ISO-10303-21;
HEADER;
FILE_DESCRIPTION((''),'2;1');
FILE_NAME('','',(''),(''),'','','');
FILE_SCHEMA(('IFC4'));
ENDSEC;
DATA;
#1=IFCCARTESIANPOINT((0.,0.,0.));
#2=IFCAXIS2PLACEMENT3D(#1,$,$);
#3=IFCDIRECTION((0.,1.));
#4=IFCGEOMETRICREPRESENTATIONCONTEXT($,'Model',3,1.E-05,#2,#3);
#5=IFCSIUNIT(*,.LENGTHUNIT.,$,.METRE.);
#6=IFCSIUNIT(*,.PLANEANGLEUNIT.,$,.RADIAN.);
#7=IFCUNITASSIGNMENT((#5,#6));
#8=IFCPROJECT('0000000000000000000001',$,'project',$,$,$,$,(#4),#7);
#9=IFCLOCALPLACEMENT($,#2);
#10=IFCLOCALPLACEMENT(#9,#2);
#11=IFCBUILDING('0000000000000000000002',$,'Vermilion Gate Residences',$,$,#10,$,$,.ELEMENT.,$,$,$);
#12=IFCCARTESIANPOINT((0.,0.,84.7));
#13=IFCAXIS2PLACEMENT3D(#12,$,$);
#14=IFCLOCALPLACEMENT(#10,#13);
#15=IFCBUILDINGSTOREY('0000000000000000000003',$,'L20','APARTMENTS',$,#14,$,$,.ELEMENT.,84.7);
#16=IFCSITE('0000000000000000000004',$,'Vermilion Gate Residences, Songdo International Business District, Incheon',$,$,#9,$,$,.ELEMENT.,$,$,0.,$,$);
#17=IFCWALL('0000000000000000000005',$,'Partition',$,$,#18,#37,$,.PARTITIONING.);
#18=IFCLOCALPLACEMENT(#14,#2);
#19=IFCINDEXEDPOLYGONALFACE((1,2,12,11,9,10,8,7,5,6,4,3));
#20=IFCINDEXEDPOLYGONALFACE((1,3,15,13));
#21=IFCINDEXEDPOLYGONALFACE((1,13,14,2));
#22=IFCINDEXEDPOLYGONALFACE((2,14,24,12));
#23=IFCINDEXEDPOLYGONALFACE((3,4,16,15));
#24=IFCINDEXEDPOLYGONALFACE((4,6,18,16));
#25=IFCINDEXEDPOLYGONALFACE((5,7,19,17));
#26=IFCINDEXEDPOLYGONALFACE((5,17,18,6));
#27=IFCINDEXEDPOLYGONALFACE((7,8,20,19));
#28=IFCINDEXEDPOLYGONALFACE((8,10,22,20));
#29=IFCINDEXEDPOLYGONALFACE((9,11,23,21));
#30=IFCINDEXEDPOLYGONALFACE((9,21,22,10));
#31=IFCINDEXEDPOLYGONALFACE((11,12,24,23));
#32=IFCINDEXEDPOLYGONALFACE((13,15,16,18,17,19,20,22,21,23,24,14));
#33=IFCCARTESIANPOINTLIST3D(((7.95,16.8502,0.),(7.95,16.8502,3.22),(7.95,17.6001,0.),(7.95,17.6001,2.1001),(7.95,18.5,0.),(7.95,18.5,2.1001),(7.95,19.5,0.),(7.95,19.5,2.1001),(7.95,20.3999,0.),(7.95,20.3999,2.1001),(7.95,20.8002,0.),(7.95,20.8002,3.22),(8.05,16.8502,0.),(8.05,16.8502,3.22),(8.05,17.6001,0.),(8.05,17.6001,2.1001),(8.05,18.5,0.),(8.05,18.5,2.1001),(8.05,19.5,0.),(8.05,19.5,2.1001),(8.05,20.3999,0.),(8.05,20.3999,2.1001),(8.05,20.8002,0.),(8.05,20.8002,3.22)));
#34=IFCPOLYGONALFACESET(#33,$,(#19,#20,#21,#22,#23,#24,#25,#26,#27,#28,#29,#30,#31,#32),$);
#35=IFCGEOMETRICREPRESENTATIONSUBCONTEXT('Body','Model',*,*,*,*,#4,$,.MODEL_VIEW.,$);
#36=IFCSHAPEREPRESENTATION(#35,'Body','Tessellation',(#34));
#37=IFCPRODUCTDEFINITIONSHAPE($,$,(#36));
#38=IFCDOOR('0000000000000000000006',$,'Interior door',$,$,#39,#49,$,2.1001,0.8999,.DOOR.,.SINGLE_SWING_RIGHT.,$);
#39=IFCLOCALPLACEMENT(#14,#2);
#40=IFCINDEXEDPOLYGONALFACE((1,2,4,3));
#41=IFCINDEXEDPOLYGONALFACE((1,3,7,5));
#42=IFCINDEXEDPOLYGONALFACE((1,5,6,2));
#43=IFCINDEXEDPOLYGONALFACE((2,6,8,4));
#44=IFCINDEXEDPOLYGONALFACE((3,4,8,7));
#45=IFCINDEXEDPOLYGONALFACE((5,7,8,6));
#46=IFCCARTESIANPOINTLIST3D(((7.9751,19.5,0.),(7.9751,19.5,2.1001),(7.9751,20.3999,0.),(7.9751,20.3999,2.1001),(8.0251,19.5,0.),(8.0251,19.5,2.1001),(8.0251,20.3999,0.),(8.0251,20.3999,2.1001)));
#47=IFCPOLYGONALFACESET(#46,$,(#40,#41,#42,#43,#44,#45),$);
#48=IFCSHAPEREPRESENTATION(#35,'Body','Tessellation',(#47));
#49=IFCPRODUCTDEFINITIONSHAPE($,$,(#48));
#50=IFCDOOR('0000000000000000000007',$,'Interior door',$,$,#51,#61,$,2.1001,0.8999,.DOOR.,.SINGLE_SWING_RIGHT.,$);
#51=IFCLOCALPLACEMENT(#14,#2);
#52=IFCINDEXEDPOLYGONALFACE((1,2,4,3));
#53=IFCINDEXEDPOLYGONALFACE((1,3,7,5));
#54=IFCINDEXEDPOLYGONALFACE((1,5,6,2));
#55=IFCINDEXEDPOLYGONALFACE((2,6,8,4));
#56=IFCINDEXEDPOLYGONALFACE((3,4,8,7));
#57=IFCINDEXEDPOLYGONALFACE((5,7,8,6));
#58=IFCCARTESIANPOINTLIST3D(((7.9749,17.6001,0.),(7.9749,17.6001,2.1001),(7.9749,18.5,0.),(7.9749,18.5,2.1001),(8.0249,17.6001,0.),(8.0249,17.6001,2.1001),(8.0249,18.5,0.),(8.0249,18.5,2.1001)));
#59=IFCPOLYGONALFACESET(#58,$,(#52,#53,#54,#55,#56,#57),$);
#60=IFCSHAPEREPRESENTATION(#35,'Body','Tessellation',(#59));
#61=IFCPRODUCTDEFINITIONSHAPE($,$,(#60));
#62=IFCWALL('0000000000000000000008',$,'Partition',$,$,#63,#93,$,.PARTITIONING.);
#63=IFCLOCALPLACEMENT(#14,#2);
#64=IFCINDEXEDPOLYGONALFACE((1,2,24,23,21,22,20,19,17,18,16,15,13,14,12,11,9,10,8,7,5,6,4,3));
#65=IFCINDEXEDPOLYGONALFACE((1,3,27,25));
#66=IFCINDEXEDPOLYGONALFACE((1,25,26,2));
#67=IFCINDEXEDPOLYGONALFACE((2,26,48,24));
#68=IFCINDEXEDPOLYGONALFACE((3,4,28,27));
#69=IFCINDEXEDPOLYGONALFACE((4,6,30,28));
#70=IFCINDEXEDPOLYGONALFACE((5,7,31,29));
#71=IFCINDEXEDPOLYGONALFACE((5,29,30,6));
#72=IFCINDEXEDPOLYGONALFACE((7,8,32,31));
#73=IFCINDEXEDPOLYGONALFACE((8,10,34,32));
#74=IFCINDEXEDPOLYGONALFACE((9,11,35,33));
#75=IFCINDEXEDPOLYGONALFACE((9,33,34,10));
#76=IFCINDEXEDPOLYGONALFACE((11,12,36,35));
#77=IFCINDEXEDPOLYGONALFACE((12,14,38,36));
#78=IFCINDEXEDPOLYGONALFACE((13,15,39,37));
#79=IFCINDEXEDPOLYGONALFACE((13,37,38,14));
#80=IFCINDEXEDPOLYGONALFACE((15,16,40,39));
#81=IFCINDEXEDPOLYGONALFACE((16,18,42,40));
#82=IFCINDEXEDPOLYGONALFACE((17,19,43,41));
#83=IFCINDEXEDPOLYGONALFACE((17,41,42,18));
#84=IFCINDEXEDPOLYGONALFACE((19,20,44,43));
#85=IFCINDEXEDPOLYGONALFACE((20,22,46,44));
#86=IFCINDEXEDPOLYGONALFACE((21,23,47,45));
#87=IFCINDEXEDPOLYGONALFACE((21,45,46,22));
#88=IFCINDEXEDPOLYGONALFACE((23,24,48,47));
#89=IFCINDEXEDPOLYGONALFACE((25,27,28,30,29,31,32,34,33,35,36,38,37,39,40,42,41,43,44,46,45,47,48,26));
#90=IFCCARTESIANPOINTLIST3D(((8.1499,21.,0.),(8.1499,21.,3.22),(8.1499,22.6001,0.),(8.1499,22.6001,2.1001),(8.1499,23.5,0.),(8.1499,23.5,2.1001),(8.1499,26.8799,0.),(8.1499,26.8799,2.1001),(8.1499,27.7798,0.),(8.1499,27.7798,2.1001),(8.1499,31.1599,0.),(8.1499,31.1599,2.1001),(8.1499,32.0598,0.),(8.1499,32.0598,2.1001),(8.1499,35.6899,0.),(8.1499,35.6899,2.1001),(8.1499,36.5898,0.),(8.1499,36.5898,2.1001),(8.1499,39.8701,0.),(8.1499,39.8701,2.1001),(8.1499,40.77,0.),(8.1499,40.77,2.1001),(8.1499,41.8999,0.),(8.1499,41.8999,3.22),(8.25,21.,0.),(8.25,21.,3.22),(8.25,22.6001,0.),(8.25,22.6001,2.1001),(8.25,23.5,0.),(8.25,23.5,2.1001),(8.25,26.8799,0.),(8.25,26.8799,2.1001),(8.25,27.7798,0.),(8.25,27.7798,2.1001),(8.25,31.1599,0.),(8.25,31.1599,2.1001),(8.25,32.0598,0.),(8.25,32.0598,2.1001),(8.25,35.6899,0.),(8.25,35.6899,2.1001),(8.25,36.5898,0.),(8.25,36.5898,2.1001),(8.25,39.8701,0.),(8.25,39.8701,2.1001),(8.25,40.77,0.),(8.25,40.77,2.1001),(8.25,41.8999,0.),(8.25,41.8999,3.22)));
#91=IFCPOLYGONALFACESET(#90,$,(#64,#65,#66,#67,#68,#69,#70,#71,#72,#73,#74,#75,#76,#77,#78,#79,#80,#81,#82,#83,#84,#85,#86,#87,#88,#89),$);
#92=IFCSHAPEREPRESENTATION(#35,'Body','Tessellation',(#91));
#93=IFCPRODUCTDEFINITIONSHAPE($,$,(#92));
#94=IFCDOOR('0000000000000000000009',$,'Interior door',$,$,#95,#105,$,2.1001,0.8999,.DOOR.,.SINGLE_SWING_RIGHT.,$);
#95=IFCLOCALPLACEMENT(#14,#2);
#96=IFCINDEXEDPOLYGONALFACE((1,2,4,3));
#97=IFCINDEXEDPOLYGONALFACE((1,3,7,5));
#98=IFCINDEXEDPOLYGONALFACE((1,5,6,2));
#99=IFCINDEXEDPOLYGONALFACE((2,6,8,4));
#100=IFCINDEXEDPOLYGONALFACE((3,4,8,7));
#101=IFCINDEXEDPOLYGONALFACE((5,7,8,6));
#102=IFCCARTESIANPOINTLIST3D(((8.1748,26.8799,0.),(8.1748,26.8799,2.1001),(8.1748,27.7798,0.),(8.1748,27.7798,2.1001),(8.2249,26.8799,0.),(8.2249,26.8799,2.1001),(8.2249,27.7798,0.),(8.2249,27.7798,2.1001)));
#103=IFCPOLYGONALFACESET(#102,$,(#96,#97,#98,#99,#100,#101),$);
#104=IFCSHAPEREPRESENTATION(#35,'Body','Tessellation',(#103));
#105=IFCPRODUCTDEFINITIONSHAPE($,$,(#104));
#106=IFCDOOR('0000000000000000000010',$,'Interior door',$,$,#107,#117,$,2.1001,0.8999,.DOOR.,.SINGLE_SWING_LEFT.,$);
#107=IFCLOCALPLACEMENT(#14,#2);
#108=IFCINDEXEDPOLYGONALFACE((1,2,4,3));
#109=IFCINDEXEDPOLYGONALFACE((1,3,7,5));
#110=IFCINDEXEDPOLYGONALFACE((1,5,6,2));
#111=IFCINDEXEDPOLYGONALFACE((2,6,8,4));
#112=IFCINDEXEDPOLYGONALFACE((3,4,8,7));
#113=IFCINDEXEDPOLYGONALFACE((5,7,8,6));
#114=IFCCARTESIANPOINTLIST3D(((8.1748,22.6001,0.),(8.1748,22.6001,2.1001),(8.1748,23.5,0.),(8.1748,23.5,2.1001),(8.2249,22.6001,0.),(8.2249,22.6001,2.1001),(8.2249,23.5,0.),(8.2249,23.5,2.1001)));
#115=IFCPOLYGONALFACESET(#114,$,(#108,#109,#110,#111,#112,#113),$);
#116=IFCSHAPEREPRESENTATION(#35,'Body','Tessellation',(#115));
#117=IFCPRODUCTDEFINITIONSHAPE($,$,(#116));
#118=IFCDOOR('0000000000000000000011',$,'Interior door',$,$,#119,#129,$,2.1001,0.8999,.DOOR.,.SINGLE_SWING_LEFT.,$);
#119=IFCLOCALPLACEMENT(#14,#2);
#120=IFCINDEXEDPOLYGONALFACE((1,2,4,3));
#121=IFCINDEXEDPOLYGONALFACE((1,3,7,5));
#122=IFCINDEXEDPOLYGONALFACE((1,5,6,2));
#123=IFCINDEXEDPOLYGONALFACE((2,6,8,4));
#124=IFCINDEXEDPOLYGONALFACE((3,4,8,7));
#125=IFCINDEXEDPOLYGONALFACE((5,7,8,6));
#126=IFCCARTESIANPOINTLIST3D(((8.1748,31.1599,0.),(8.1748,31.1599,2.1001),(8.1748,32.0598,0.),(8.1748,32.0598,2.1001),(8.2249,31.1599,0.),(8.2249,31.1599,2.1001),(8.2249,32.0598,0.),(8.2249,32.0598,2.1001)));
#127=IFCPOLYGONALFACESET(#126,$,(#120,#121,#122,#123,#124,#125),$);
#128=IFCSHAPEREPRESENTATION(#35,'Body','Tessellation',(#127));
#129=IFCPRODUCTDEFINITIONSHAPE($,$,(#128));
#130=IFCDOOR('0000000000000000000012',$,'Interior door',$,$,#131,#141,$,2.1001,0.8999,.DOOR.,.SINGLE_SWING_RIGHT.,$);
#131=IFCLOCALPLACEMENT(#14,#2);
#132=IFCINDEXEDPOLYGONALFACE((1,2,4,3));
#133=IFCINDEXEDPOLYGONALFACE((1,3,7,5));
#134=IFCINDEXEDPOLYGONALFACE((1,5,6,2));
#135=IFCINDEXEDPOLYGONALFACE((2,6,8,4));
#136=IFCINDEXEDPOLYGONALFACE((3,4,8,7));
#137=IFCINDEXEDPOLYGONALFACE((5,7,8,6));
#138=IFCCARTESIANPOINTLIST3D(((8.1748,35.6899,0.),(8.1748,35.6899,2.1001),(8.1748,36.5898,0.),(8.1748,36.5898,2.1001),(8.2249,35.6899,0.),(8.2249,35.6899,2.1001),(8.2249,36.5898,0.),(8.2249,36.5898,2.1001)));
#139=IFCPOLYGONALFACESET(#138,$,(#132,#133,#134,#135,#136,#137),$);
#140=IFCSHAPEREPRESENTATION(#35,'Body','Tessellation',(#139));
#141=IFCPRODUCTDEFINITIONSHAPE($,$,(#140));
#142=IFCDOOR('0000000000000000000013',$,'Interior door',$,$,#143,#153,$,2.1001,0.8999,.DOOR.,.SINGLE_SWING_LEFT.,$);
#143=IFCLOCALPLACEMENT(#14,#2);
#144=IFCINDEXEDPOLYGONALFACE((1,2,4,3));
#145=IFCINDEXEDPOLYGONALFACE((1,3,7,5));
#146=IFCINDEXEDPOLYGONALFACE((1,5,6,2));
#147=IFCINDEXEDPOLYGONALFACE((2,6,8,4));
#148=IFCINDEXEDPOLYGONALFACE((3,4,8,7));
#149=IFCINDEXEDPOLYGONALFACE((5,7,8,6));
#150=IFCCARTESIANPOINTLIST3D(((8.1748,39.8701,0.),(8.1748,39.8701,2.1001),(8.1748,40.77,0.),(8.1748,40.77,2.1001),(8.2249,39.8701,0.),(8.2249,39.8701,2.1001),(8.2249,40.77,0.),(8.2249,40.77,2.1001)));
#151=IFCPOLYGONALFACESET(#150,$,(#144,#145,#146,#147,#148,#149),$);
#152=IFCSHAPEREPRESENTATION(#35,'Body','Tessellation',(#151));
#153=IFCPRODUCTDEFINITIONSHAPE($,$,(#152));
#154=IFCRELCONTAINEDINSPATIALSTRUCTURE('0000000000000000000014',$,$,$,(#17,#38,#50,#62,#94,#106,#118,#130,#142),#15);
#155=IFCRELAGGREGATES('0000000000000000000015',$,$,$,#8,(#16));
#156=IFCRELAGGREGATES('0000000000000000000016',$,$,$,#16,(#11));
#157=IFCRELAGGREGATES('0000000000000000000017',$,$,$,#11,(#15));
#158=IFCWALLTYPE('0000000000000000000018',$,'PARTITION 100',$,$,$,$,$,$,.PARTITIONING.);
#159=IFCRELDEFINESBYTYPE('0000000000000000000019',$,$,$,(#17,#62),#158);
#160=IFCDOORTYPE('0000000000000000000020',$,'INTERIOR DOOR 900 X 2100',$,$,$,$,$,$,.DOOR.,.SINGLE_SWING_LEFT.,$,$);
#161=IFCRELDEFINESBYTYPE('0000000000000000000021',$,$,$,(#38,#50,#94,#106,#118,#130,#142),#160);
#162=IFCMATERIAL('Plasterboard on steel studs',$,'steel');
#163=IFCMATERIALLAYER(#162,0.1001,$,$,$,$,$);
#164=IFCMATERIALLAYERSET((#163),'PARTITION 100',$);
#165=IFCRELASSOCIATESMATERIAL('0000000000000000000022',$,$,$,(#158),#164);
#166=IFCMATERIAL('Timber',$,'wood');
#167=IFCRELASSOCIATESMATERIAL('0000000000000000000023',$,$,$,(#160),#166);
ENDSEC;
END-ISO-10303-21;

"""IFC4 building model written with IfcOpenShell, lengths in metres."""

from ifc_helpers import new_model, si_unit, direction, frame, frame_2d, origin, place, context, subcontext, project, spatial, rectangle, extrude, material, layer, layer_set, type_object, element, fill, save


model = new_model("IFC4")

# Units and contexts
model_context = context("Model", 3, precision=1e-05, world=origin(), true_north=direction((0.0, 1.0)))
body_context = subcontext(model_context, "Body", "Model", "MODEL_VIEW")
ifc_project = project(units=[si_unit("LENGTHUNIT", "METRE"), si_unit("PLANEANGLEUNIT", "RADIAN")], contexts=[model_context])

# Site, building, storey
site_placement = place(None, origin())
site = spatial("IfcSite", under=ifc_project, at=site_placement, Name="Vermilion Gate Residences, Songdo International Business District, Incheon", CompositionType="ELEMENT", RefElevation=0.0)
building_placement = place(site_placement, origin())
building = spatial("IfcBuilding", under=site, at=building_placement, Name="Vermilion Gate Residences", CompositionType="ELEMENT")
storey_placement = place(building_placement, frame((0.0, 0.0, 84.7)))
storey = spatial("IfcBuildingStorey", under=building, at=storey_placement, Name="L20", Description="APARTMENTS", CompositionType="ELEMENT", Elevation=84.7)

# Shared definitions
ifc_material_1 = material(Name="Plasterboard on steel studs", Category="steel")
ifc_layer_1 = layer(ifc_material_1, 0.1001)
ifc_layer_set_1 = layer_set([ifc_layer_1], Name="PARTITION 100")
wall_type_1 = type_object("IfcWallType", Name="PARTITION 100", PredefinedType="PARTITIONING", material=ifc_layer_set_1)

# Walls, openings, doors
ifc_material_2 = material(Name="Timber", Category="wood")
door_type = type_object("IfcDoorType", Name="INTERIOR DOOR 900 X 2100", OperationType="SINGLE_SWING_LEFT", PredefinedType="DOOR", material=ifc_material_2)
wall_1_placement = place(storey_placement, frame((8.0, 16.8501, 0.0), z_axis=(0.0, 0.0, 1.0), x_axis=(0.0, 1.0, 0.0)))
wall_1 = element("IfcWall", 1, at=wall_1_placement, inside=storey, type_object=wall_type_1, Name="Partition", PredefinedType="PARTITIONING", context=body_context, shape_type="SweptSolid", body=[
    extrude(rectangle(XDim=3.95, YDim=0.1001, at=frame_2d((1.9751, 0.0))), origin(), (0.0, 0.0, 1.0), 3.22),
])
opening_1_placement = place(wall_1_placement, frame((2.6499, 0.0, 0.0)))
opening_1 = element("IfcOpeningElement", 2, at=opening_1_placement, cuts=wall_1, PredefinedType="OPENING", context=body_context, shape_type="SweptSolid", body=[
    extrude(rectangle(XDim=0.8999, YDim=2.1001, at=frame_2d((0.45, 1.05))), frame((0.0, 0.0601, 0.0), z_axis=(0.0, -1.0, 0.0), x_axis=(1.0, 0.0, 0.0)), (0.0, 0.0, 1.0), 0.1201),
])
opening_2_placement = place(wall_1_placement, frame((0.75, 0.0, 0.0)))
opening_2 = element("IfcOpeningElement", 3, at=opening_2_placement, cuts=wall_1, PredefinedType="OPENING", context=body_context, shape_type="SweptSolid", body=[
    extrude(rectangle(XDim=0.8999, YDim=2.1001, at=frame_2d((0.45, 1.05))), frame((0.0, 0.0601, 0.0), z_axis=(0.0, -1.0, 0.0), x_axis=(1.0, 0.0, 0.0)), (0.0, 0.0, 1.0), 0.1201),
])
door_1_placement = place(opening_1_placement, origin())
door_1 = element("IfcDoor", 4, at=door_1_placement, inside=storey, type_object=door_type, Name="Interior door", OperationType="SINGLE_SWING_RIGHT", OverallHeight=2.1001, OverallWidth=0.8999, PredefinedType="DOOR", context=body_context, shape_type="SweptSolid", body=[
    extrude(rectangle(XDim=0.8999, YDim=2.1001, at=frame_2d((0.45, 1.05))), frame((0.0, 0.0249, 0.0), z_axis=(0.0, -1.0, 0.0), x_axis=(1.0, 0.0, 0.0)), (0.0, 0.0, 1.0), 0.05),
])
fill(opening_1, door_1)
door_2_placement = place(opening_2_placement, frame((0.8999, 0.0, 0.0), z_axis=(0.0, 0.0, 1.0), x_axis=(-1.0, 0.0, 0.0)))
door_2 = element("IfcDoor", 5, at=door_2_placement, inside=storey, type_object=door_type, Name="Interior door", OperationType="SINGLE_SWING_RIGHT", OverallHeight=2.1001, OverallWidth=0.8999, PredefinedType="DOOR", context=body_context, shape_type="SweptSolid", body=[
    extrude(rectangle(XDim=0.8999, YDim=2.1001, at=frame_2d((0.45, 1.05))), frame((0.0, 0.0249, 0.0), z_axis=(0.0, -1.0, 0.0), x_axis=(1.0, 0.0, 0.0)), (0.0, 0.0, 1.0), 0.05),
])
fill(opening_2, door_2)
wall_2_placement = place(storey_placement, frame((8.2, 21.0, 0.0), z_axis=(0.0, 0.0, 1.0), x_axis=(0.0, 1.0, 0.0)))
wall_2 = element("IfcWall", 6, at=wall_2_placement, inside=storey, type_object=wall_type_1, Name="Partition", PredefinedType="PARTITIONING", context=body_context, shape_type="SweptSolid", body=[
    extrude(rectangle(XDim=20.8999, YDim=0.1001, at=frame_2d((10.45, 0.0))), origin(), (0.0, 0.0, 1.0), 3.22),
])
opening_3_placement = place(wall_2_placement, frame((5.8799, 0.0, 0.0)))
opening_3 = element("IfcOpeningElement", 7, at=opening_3_placement, cuts=wall_2, PredefinedType="OPENING", context=body_context, shape_type="SweptSolid", body=[
    extrude(rectangle(XDim=0.8999, YDim=2.1001, at=frame_2d((0.45, 1.05))), frame((0.0, 0.0601, 0.0), z_axis=(0.0, -1.0, 0.0), x_axis=(1.0, 0.0, 0.0)), (0.0, 0.0, 1.0), 0.1201),
])
opening_4_placement = place(wall_2_placement, frame((1.6001, 0.0, 0.0)))
opening_4 = element("IfcOpeningElement", 8, at=opening_4_placement, cuts=wall_2, PredefinedType="OPENING", context=body_context, shape_type="SweptSolid", body=[
    extrude(rectangle(XDim=0.8999, YDim=2.1001, at=frame_2d((0.45, 1.05))), frame((0.0, 0.0601, 0.0), z_axis=(0.0, -1.0, 0.0), x_axis=(1.0, 0.0, 0.0)), (0.0, 0.0, 1.0), 0.1201),
])
opening_5_placement = place(wall_2_placement, frame((10.1599, 0.0, 0.0)))
opening_5 = element("IfcOpeningElement", 9, at=opening_5_placement, cuts=wall_2, PredefinedType="OPENING", context=body_context, shape_type="SweptSolid", body=[
    extrude(rectangle(XDim=0.8999, YDim=2.1001, at=frame_2d((0.45, 1.05))), frame((0.0, 0.0601, 0.0), z_axis=(0.0, -1.0, 0.0), x_axis=(1.0, 0.0, 0.0)), (0.0, 0.0, 1.0), 0.1201),
])
opening_6_placement = place(wall_2_placement, frame((14.6899, 0.0, 0.0)))
opening_6 = element("IfcOpeningElement", 10, at=opening_6_placement, cuts=wall_2, PredefinedType="OPENING", context=body_context, shape_type="SweptSolid", body=[
    extrude(rectangle(XDim=0.8999, YDim=2.1001, at=frame_2d((0.45, 1.05))), frame((0.0, 0.0601, 0.0), z_axis=(0.0, -1.0, 0.0), x_axis=(1.0, 0.0, 0.0)), (0.0, 0.0, 1.0), 0.1201),
])
opening_7_placement = place(wall_2_placement, frame((18.8701, 0.0, 0.0)))
opening_7 = element("IfcOpeningElement", 11, at=opening_7_placement, cuts=wall_2, PredefinedType="OPENING", context=body_context, shape_type="SweptSolid", body=[
    extrude(rectangle(XDim=0.8999, YDim=2.1001, at=frame_2d((0.45, 1.05))), frame((0.0, 0.0601, 0.0), z_axis=(0.0, -1.0, 0.0), x_axis=(1.0, 0.0, 0.0)), (0.0, 0.0, 1.0), 0.1201),
])
door_3_placement = place(opening_3_placement, frame((0.8999, 0.0, 0.0), z_axis=(0.0, 0.0, 1.0), x_axis=(-1.0, 0.0, 0.0)))
door_3 = element("IfcDoor", 12, at=door_3_placement, inside=storey, type_object=door_type, Name="Interior door", OperationType="SINGLE_SWING_RIGHT", OverallHeight=2.1001, OverallWidth=0.8999, PredefinedType="DOOR", context=body_context, shape_type="SweptSolid", body=[
    extrude(rectangle(XDim=0.8999, YDim=2.1001, at=frame_2d((0.45, 1.05))), frame((0.0, 0.0249, 0.0), z_axis=(0.0, -1.0, 0.0), x_axis=(1.0, 0.0, 0.0)), (0.0, 0.0, 1.0), 0.05),
])
fill(opening_3, door_3)
door_4_placement = place(opening_4_placement, frame((0.8999, 0.0, 0.0), z_axis=(0.0, 0.0, 1.0), x_axis=(-1.0, 0.0, 0.0)))
door_4 = element("IfcDoor", 13, at=door_4_placement, inside=storey, type_object=door_type, Name="Interior door", OperationType="SINGLE_SWING_LEFT", OverallHeight=2.1001, OverallWidth=0.8999, PredefinedType="DOOR", context=body_context, shape_type="SweptSolid", body=[
    extrude(rectangle(XDim=0.8999, YDim=2.1001, at=frame_2d((0.45, 1.05))), frame((0.0, 0.0249, 0.0), z_axis=(0.0, -1.0, 0.0), x_axis=(1.0, 0.0, 0.0)), (0.0, 0.0, 1.0), 0.05),
])
fill(opening_4, door_4)
door_5_placement = place(opening_5_placement, frame((0.8999, 0.0, 0.0), z_axis=(0.0, 0.0, 1.0), x_axis=(-1.0, 0.0, 0.0)))
door_5 = element("IfcDoor", 14, at=door_5_placement, inside=storey, type_object=door_type, Name="Interior door", OperationType="SINGLE_SWING_LEFT", OverallHeight=2.1001, OverallWidth=0.8999, PredefinedType="DOOR", context=body_context, shape_type="SweptSolid", body=[
    extrude(rectangle(XDim=0.8999, YDim=2.1001, at=frame_2d((0.45, 1.05))), frame((0.0, 0.0249, 0.0), z_axis=(0.0, -1.0, 0.0), x_axis=(1.0, 0.0, 0.0)), (0.0, 0.0, 1.0), 0.05),
])
fill(opening_5, door_5)
door_6_placement = place(opening_6_placement, frame((0.8999, 0.0, 0.0), z_axis=(0.0, 0.0, 1.0), x_axis=(-1.0, 0.0, 0.0)))
door_6 = element("IfcDoor", 15, at=door_6_placement, inside=storey, type_object=door_type, Name="Interior door", OperationType="SINGLE_SWING_RIGHT", OverallHeight=2.1001, OverallWidth=0.8999, PredefinedType="DOOR", context=body_context, shape_type="SweptSolid", body=[
    extrude(rectangle(XDim=0.8999, YDim=2.1001, at=frame_2d((0.45, 1.05))), frame((0.0, 0.0249, 0.0), z_axis=(0.0, -1.0, 0.0), x_axis=(1.0, 0.0, 0.0)), (0.0, 0.0, 1.0), 0.05),
])
fill(opening_6, door_6)
door_7_placement = place(opening_7_placement, frame((0.8999, 0.0, 0.0), z_axis=(0.0, 0.0, 1.0), x_axis=(-1.0, 0.0, 0.0)))
door_7 = element("IfcDoor", 16, at=door_7_placement, inside=storey, type_object=door_type, Name="Interior door", OperationType="SINGLE_SWING_LEFT", OverallHeight=2.1001, OverallWidth=0.8999, PredefinedType="DOOR", context=body_context, shape_type="SweptSolid", body=[
    extrude(rectangle(XDim=0.8999, YDim=2.1001, at=frame_2d((0.45, 1.05))), frame((0.0, 0.0249, 0.0), z_axis=(0.0, -1.0, 0.0), x_axis=(1.0, 0.0, 0.0)), (0.0, 0.0, 1.0), 0.05),
])
fill(opening_7, door_7)

save(model, "model.ifc")
